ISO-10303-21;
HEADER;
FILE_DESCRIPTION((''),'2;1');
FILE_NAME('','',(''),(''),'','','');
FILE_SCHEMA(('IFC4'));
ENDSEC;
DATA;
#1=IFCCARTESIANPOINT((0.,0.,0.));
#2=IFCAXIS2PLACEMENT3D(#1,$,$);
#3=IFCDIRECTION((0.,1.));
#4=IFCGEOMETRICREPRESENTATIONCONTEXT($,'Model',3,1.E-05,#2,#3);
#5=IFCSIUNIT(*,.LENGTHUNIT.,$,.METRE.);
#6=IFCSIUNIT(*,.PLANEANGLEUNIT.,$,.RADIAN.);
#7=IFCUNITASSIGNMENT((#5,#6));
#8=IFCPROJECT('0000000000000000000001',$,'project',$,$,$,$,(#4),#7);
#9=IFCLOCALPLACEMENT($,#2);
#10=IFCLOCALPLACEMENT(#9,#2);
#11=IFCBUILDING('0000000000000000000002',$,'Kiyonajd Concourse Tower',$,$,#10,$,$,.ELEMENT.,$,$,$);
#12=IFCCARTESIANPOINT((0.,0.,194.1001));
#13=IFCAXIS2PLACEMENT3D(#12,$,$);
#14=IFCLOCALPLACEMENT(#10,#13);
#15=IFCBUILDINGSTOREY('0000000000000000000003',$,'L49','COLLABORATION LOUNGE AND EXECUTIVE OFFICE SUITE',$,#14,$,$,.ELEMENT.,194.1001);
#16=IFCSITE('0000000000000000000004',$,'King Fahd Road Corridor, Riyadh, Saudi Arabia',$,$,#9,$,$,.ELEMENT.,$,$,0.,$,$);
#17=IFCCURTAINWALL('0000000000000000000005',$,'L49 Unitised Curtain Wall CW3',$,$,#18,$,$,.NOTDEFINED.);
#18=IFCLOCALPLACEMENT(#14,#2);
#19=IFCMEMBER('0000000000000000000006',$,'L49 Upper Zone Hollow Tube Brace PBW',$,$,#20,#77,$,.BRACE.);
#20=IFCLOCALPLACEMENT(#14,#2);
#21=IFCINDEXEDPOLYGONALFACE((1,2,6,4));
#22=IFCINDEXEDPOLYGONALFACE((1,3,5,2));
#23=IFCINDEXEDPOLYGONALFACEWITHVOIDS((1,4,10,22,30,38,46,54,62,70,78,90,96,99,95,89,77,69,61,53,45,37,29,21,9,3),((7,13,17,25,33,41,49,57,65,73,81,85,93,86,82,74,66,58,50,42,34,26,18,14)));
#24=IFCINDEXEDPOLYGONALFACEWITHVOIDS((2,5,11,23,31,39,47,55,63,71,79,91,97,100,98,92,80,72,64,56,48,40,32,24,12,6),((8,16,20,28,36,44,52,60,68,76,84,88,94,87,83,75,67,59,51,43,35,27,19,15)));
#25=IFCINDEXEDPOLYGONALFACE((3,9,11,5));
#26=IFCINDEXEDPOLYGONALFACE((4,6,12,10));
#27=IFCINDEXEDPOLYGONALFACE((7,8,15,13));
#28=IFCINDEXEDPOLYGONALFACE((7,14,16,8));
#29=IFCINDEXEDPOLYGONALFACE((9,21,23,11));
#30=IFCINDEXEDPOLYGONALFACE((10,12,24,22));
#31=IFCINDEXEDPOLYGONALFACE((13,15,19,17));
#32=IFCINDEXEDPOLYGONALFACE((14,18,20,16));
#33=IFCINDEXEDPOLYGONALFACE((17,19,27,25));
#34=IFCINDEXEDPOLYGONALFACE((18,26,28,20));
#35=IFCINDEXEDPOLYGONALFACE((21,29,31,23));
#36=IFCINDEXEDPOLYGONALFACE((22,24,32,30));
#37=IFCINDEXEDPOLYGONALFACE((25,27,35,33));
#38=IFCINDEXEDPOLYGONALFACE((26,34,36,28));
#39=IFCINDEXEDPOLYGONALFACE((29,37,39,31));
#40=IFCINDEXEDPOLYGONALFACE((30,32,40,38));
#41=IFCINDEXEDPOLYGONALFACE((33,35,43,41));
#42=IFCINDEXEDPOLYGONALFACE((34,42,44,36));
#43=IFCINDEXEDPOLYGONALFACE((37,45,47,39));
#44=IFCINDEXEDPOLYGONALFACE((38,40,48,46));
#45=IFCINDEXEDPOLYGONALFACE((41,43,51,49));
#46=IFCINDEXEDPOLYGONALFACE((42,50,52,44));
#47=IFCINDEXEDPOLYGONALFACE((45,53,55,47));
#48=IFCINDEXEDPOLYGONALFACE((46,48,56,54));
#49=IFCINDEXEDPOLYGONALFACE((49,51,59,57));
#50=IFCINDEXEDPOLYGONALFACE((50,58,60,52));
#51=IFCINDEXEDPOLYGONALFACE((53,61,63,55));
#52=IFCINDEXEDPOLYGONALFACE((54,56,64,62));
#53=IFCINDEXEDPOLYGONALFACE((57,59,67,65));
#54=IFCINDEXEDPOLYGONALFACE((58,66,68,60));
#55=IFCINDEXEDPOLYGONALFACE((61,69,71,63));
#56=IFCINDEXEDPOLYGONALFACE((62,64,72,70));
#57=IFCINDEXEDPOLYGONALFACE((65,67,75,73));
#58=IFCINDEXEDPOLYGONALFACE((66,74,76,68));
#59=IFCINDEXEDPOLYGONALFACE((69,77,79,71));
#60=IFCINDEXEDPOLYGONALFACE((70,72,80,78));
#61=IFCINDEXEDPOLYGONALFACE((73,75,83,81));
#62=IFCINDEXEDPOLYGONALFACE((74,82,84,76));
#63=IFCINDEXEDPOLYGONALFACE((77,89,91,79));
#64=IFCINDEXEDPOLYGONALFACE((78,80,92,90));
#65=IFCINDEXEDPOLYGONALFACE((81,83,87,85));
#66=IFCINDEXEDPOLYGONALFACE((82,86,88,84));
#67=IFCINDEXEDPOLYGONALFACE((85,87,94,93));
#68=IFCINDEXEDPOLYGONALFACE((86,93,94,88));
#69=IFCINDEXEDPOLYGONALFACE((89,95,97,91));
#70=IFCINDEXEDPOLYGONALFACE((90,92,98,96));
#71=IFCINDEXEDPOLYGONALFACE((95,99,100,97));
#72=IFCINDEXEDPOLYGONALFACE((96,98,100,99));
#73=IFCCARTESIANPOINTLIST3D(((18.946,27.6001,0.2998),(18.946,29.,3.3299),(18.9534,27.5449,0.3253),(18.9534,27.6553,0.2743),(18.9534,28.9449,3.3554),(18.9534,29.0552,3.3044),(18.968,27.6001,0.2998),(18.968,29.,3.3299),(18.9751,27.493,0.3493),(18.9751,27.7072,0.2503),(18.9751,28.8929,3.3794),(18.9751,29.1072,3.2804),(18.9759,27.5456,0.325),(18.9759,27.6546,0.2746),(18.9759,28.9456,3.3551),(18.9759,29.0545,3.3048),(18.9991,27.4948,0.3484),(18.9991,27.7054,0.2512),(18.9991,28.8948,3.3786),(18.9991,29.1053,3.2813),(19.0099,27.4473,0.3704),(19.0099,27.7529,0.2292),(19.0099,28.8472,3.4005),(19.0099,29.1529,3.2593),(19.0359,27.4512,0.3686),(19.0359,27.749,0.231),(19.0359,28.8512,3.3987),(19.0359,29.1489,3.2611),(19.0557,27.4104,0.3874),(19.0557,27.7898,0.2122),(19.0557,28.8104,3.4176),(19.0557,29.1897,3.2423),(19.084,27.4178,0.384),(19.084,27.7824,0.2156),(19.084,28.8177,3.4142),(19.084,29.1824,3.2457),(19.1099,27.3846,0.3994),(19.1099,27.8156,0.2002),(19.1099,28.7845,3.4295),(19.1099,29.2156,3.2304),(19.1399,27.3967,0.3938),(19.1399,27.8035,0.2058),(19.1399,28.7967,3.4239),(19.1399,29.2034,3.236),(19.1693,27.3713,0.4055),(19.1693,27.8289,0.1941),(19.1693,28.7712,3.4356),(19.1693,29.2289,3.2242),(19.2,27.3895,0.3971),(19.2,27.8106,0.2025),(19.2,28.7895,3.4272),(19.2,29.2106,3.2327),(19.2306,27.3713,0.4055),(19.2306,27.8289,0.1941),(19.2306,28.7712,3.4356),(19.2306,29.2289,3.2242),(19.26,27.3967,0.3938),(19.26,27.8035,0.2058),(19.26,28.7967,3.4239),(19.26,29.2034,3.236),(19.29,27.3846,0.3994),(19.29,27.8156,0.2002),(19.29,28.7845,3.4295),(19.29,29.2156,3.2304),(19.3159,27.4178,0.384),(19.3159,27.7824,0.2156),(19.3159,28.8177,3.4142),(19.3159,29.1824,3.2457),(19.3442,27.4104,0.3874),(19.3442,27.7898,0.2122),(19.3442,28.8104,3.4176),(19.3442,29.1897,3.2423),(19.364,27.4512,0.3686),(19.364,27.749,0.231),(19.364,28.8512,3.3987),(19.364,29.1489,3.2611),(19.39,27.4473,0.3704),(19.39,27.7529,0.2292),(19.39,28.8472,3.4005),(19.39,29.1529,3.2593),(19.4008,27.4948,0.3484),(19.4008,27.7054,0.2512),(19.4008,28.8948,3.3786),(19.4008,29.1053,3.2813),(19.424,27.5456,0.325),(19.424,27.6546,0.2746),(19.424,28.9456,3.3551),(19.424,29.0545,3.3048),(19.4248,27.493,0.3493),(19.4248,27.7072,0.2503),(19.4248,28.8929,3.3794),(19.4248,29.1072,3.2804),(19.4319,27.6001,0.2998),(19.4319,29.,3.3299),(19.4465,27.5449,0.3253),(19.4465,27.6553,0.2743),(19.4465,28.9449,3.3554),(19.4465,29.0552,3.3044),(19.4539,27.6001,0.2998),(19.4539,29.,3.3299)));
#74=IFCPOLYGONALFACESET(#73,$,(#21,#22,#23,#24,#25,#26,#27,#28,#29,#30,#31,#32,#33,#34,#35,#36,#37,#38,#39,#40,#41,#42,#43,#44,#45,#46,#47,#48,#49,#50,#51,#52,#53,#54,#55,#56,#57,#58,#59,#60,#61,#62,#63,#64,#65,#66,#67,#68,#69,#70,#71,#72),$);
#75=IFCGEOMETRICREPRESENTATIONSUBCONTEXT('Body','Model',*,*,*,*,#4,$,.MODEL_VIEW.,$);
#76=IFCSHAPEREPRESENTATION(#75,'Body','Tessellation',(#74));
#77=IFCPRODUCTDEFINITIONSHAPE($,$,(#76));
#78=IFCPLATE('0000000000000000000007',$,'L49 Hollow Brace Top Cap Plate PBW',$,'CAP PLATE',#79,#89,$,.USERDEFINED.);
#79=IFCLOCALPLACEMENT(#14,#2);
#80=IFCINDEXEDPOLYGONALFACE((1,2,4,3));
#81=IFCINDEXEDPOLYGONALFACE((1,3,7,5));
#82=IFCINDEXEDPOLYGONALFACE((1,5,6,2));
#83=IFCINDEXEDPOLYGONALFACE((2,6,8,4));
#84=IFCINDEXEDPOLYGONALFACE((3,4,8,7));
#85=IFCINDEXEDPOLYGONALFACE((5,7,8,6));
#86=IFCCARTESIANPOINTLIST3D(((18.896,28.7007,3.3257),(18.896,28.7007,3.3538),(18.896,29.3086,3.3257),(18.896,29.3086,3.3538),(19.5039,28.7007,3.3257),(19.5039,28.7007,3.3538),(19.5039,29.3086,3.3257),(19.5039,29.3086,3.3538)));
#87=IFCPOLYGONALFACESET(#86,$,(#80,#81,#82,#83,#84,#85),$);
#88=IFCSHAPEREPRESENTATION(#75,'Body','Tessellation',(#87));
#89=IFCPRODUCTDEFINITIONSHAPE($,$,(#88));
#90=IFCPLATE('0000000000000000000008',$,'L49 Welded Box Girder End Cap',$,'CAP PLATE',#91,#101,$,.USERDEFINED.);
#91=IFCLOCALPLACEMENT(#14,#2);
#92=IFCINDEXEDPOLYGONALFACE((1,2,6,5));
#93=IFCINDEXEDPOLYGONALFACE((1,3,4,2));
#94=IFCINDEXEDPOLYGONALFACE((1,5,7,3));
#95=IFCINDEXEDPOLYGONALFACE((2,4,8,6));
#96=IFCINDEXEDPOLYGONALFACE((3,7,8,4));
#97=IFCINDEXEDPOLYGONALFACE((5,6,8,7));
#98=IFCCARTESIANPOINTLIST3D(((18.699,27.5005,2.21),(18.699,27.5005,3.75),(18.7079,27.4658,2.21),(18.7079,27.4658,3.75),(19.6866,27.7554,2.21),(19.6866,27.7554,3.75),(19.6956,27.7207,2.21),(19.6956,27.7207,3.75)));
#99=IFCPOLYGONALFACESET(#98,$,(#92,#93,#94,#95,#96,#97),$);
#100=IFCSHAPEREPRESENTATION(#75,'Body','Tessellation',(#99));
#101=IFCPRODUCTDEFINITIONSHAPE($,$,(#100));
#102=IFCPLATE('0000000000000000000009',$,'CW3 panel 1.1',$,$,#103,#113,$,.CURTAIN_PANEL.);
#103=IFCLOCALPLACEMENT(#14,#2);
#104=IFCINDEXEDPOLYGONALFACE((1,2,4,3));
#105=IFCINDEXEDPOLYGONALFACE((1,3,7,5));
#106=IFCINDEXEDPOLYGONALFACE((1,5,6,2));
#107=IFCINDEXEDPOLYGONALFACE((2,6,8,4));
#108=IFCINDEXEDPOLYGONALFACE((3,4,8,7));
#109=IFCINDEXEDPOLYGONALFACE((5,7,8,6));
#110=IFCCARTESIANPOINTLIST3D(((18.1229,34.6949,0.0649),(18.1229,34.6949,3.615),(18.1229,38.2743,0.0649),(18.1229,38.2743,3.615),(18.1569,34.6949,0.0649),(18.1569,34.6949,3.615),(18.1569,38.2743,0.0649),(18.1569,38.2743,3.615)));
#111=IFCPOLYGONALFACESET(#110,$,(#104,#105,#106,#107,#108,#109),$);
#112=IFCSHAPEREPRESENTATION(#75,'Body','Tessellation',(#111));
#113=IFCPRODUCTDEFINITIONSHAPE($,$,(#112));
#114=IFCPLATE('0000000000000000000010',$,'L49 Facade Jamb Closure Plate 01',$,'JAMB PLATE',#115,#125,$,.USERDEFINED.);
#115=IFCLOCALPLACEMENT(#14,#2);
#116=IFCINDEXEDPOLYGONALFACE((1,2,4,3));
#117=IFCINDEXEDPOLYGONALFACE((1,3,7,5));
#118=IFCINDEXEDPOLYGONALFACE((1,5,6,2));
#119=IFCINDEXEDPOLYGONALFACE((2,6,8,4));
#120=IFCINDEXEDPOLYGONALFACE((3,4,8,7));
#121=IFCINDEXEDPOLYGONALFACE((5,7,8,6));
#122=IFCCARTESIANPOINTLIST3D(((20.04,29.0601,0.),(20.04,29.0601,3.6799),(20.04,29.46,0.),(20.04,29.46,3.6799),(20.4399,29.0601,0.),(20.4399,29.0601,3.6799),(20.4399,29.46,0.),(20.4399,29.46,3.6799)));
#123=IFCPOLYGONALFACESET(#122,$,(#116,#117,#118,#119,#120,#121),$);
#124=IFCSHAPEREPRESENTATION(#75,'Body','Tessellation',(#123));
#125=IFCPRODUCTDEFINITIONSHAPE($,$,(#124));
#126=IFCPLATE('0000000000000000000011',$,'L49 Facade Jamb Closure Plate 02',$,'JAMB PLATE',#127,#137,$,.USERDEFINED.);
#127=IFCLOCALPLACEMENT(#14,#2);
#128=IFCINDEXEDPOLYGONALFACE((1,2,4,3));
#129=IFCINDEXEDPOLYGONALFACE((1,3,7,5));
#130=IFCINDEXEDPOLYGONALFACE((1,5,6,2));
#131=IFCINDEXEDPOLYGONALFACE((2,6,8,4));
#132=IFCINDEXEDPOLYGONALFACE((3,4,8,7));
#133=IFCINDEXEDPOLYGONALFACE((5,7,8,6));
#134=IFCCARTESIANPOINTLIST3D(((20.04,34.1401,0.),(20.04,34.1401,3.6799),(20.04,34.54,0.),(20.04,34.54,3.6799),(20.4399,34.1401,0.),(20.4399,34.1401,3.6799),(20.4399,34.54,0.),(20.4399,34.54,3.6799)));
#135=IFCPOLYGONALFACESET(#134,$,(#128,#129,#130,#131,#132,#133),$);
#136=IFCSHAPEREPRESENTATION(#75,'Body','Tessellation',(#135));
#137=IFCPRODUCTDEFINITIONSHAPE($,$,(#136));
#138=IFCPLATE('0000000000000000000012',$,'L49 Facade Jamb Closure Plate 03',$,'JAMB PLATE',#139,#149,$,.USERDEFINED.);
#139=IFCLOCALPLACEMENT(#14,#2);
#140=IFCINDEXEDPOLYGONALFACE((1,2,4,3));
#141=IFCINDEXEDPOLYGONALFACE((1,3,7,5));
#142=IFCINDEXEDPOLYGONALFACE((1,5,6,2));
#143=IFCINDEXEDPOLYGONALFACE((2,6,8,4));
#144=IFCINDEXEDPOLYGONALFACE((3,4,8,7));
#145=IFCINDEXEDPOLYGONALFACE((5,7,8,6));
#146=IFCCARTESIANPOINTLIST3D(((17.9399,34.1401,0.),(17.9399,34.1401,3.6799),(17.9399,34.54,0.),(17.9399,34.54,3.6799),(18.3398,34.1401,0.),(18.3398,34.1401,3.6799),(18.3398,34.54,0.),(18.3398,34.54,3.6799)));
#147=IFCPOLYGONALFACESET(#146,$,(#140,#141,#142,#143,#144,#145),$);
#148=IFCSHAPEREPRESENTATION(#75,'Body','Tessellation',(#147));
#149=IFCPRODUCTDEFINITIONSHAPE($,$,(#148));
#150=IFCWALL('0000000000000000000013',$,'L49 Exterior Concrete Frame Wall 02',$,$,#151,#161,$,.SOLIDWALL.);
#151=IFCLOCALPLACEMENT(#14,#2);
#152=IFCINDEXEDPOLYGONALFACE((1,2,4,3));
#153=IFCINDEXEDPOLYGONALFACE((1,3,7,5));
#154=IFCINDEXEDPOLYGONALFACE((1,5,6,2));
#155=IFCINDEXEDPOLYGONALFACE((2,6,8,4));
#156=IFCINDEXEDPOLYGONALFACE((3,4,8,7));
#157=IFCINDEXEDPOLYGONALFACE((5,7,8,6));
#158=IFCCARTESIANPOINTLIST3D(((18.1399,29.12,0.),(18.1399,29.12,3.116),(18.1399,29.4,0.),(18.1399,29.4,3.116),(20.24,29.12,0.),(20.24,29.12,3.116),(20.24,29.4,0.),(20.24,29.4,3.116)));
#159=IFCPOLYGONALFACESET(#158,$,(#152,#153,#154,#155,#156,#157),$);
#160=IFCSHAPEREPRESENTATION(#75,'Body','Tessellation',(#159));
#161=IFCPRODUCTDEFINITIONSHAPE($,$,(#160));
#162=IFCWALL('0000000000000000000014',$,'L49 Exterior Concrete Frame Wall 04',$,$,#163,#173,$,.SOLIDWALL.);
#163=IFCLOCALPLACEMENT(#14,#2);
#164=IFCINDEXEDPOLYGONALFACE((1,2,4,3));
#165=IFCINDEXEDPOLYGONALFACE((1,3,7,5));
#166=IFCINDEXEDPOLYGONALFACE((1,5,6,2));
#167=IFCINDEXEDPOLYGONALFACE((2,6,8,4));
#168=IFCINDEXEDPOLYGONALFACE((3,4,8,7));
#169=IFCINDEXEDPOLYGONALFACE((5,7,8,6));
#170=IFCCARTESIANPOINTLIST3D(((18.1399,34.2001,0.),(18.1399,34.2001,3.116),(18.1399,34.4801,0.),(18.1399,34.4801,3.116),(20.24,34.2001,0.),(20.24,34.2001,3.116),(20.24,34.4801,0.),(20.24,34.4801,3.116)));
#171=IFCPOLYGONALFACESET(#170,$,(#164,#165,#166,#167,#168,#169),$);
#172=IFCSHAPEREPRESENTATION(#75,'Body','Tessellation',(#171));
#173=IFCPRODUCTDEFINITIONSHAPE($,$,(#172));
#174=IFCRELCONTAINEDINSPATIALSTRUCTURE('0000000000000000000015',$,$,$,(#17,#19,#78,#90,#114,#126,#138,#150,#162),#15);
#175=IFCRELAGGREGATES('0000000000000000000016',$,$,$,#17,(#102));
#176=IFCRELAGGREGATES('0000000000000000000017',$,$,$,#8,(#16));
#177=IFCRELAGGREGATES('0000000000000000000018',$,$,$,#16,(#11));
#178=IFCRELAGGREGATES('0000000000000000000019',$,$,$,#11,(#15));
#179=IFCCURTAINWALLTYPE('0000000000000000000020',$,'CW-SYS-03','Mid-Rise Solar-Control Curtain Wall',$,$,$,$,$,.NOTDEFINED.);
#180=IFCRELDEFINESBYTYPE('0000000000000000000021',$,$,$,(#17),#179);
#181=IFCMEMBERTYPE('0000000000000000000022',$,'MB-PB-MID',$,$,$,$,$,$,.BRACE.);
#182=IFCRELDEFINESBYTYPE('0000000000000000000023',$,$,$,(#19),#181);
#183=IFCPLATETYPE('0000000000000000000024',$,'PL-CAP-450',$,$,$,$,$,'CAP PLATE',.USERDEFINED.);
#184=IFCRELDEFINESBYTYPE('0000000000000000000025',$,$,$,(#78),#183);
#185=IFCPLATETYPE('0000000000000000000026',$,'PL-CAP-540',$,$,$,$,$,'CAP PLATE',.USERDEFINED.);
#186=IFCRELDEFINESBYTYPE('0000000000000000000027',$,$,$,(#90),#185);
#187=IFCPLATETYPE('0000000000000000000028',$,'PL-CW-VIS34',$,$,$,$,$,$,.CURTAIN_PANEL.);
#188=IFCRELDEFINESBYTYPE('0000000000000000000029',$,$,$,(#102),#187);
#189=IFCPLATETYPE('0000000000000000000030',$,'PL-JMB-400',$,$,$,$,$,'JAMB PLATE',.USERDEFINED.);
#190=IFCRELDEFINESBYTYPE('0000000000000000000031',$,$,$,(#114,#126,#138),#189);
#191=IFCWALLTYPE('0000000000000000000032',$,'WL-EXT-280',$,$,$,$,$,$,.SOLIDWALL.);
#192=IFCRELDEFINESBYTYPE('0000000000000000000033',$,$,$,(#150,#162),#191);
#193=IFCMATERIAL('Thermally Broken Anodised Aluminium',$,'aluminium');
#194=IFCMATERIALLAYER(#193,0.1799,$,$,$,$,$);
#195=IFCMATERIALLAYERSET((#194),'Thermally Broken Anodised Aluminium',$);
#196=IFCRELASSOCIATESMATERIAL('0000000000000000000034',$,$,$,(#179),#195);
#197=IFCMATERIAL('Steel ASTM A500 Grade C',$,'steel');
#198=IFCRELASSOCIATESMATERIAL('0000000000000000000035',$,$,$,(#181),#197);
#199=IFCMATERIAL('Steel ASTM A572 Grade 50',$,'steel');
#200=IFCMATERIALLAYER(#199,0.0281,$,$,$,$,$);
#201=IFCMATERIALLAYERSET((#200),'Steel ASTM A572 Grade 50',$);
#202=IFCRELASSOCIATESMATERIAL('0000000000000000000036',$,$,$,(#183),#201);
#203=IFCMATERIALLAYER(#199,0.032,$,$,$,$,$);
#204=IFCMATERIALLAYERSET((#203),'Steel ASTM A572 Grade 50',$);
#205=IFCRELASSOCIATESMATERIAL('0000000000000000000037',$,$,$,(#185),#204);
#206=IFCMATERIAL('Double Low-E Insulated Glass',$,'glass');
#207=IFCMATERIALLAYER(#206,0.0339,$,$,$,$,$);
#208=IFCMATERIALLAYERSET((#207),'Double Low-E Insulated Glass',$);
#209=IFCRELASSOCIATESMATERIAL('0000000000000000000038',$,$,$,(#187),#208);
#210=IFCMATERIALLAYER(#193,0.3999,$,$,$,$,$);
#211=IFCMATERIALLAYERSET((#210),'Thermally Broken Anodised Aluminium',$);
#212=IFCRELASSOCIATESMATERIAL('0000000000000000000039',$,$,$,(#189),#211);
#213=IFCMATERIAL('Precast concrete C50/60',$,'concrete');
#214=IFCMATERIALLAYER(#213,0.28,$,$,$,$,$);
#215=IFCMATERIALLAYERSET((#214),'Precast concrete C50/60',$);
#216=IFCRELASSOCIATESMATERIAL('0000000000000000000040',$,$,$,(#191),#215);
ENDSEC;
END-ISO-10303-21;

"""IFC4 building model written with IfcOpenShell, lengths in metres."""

from ifc_helpers import new_model, si_unit, direction, frame, frame_2d, origin, origin_2d, place, context, subcontext, project, spatial, rectangle, hollow_circle, extrude, material, layer, layer_set, material_profile, profile_set, type_object, element, aggregate, save


model = new_model("IFC4")

# Units and contexts
model_context = context("Model", 3, precision=1e-05, world=origin(), true_north=direction((0.0, 1.0)))
body_context = subcontext(model_context, "Body", "Model", "MODEL_VIEW")
ifc_project = project(units=[si_unit("LENGTHUNIT", "METRE"), si_unit("PLANEANGLEUNIT", "RADIAN")], contexts=[model_context])

# Site, building, storey
site_placement = place(None, origin())
site = spatial("IfcSite", under=ifc_project, at=site_placement, Name="King Fahd Road Corridor, Riyadh, Saudi Arabia", CompositionType="ELEMENT", RefElevation=0.0)
building_placement = place(site_placement, origin())
building = spatial("IfcBuilding", under=site, at=building_placement, Name="Kiyonajd Concourse Tower", CompositionType="ELEMENT")
storey_placement = place(building_placement, frame((0.0, 0.0, 194.1001)))
storey = spatial("IfcBuildingStorey", under=building, at=storey_placement, Name="L49", Description="COLLABORATION LOUNGE AND EXECUTIVE OFFICE SUITE", CompositionType="ELEMENT", Elevation=194.1001)

# Shared definitions
ifc_material_1 = material(Name="Steel ASTM A572 Grade 50", Category="steel")

# Curtain wall
ifc_material_2 = material(Name="Thermally Broken Anodised Aluminium", Category="aluminium")
ifc_layer_1 = layer(ifc_material_2, 0.1799)
ifc_layer_set_1 = layer_set([ifc_layer_1], Name="Thermally Broken Anodised Aluminium")
curtain_wall_type = type_object("IfcCurtainWallType", Name="CW-SYS-03", Description="Mid-Rise Solar-Control Curtain Wall", PredefinedType="NOTDEFINED", material=ifc_layer_set_1)
curtain_wall_placement = place(storey_placement, origin())
curtain_wall = element("IfcCurtainWall", 1, at=curtain_wall_placement, inside=storey, type_object=curtain_wall_type, Name="L49 Unitised Curtain Wall CW3", PredefinedType="NOTDEFINED")

# Member
ifc_material_3 = material(Name="Steel ASTM A500 Grade C", Category="steel")
ifc_material_profile_1 = material_profile(ifc_material_3, hollow_circle(Radius=0.2539, WallThickness=0.022, at=origin_2d()), Name="CHS-508x22")
ifc_profile_set_1 = profile_set([ifc_material_profile_1], Name="Steel ASTM A500 Grade C")
member_type_1 = type_object("IfcMemberType", Name="MB-PB-MID", PredefinedType="BRACE", material=ifc_profile_set_1)
member_1_placement = place(storey_placement, frame((19.2, 27.6001, 0.2998), z_axis=(0.0, 0.419411, 0.907797), x_axis=(-1.0, 0.0, 0.0)))
element("IfcMember", 2, at=member_1_placement, inside=storey, type_object=member_type_1, Name="L49 Upper Zone Hollow Tube Brace PBW", PredefinedType="BRACE", context=body_context, shape_type="SweptSolid", body=[
    extrude(hollow_circle(Radius=0.2539, WallThickness=0.022, at=origin_2d()), origin(), (0.0, 0.0, 1.0), 3.3379),
])

# Plates
ifc_layer_2 = layer(ifc_material_1, 0.0281)
ifc_layer_set_2 = layer_set([ifc_layer_2], Name="Steel ASTM A572 Grade 50")
plate_type_1 = type_object("IfcPlateType", Name="PL-CAP-450", ElementType="CAP PLATE", PredefinedType="USERDEFINED", material=ifc_layer_set_2)
plate_1_placement = place(storey_placement, frame((19.2, 29.0046, 3.3257), z_axis=(0.0, 0.0, 1.0), x_axis=(1.0, 0.0, 0.0)))
element("IfcPlate", 3, at=plate_1_placement, inside=storey, type_object=plate_type_1, Name="L49 Hollow Brace Top Cap Plate PBW", ObjectType="CAP PLATE", PredefinedType="USERDEFINED", context=body_context, shape_type="SweptSolid", body=[
    extrude(rectangle(XDim=0.6079, YDim=0.6079, at=origin_2d()), origin(), (0.0, 0.0, 1.0), 0.0281),
])
ifc_layer_3 = layer(ifc_material_1, 0.032)
ifc_layer_set_3 = layer_set([ifc_layer_3], Name="Steel ASTM A572 Grade 50")
plate_type_2 = type_object("IfcPlateType", Name="PL-CAP-540", ElementType="CAP PLATE", PredefinedType="USERDEFINED", material=ifc_layer_set_3)
plate_2_placement = place(storey_placement, frame((19.1973, 27.6106, 2.21), z_axis=(0.0, 0.0, 1.0), x_axis=(-0.249873, 0.968279, 0.0)))
element("IfcPlate", 4, at=plate_2_placement, inside=storey, type_object=plate_type_2, Name="L49 Welded Box Girder End Cap", ObjectType="CAP PLATE", PredefinedType="USERDEFINED", context=body_context, shape_type="SweptSolid", body=[
    extrude(rectangle(XDim=0.0359, YDim=1.02, at=origin_2d()), origin(), (0.0, 0.0, 1.0), 1.54),
])

# Plate
ifc_material_4 = material(Name="Double Low-E Insulated Glass", Category="glass")
ifc_layer_4 = layer(ifc_material_4, 0.0339)
ifc_layer_set_4 = layer_set([ifc_layer_4], Name="Double Low-E Insulated Glass")
plate_type_3 = type_object("IfcPlateType", Name="PL-CW-VIS34", PredefinedType="CURTAIN_PANEL", material=ifc_layer_set_4)
plate_3_placement = place(storey_placement, frame((18.1399, 36.4846, 0.0649), z_axis=(0.0, 0.0, 1.0), x_axis=(0.0, 1.0, 0.0)))
plate_3 = element("IfcPlate", 5, at=plate_3_placement, type_object=plate_type_3, Name="CW3 panel 1.1", PredefinedType="CURTAIN_PANEL", context=body_context, shape_type="SweptSolid", body=[
    extrude(rectangle(XDim=3.5793, YDim=0.0339, at=origin_2d()), origin(), (0.0, 0.0, 1.0), 3.55),
])
aggregate(curtain_wall, [plate_3])

# Plates
ifc_layer_5 = layer(ifc_material_2, 0.3999)
ifc_layer_set_5 = layer_set([ifc_layer_5], Name="Thermally Broken Anodised Aluminium")
plate_type_4 = type_object("IfcPlateType", Name="PL-JMB-400", ElementType="JAMB PLATE", PredefinedType="USERDEFINED", material=ifc_layer_set_5)
for number, where, z_axis, x_axis, name in (
    (6, (20.24, 29.26, 0.0), (0.0, 0.0, 1.0), (1.0, 0.0, 0.0), "L49 Facade Jamb Closure Plate 01"),
    (7, (20.24, 34.3401, 0.0), (0.0, 0.0, 1.0), (1.0, 0.0, 0.0), "L49 Facade Jamb Closure Plate 02"),
    (8, (18.1399, 34.3401, 0.0), (0.0, 0.0, 1.0), (1.0, 0.0, 0.0), "L49 Facade Jamb Closure Plate 03"),
):
    element("IfcPlate", number, at=place(storey_placement, frame(where, z_axis=z_axis, x_axis=x_axis)), inside=storey, type_object=plate_type_4, Name=name, ObjectType="JAMB PLATE", PredefinedType="USERDEFINED", context=body_context, shape_type="SweptSolid", body=[
        extrude(rectangle(XDim=0.3999, YDim=0.3999, at=origin_2d()), origin(), (0.0, 0.0, 1.0), 3.6799),
    ])

# Walls
ifc_material_5 = material(Name="Precast concrete C50/60", Category="concrete")
ifc_layer_6 = layer(ifc_material_5, 0.28)
ifc_layer_set_6 = layer_set([ifc_layer_6], Name="Precast concrete C50/60")
wall_type_1 = type_object("IfcWallType", Name="WL-EXT-280", PredefinedType="SOLIDWALL", material=ifc_layer_set_6)
for number, where, z_axis, x_axis, name in (
    (9, (18.1399, 29.26, 0.0), (0.0, 0.0, 1.0), (1.0, 0.0, 0.0), "L49 Exterior Concrete Frame Wall 02"),
    (10, (20.24, 34.3401, 0.0), (0.0, 0.0, 1.0), (-1.0, 0.0, 0.0), "L49 Exterior Concrete Frame Wall 04"),
):
    element("IfcWall", number, at=place(storey_placement, frame(where, z_axis=z_axis, x_axis=x_axis)), inside=storey, type_object=wall_type_1, Name=name, PredefinedType="SOLIDWALL", context=body_context, shape_type="SweptSolid", body=[
        extrude(rectangle(XDim=2.1001, YDim=0.28, at=frame_2d((1.05, 0.0))), origin(), (0.0, 0.0, 1.0), 3.116),
    ])

save(model, "model.ifc")
